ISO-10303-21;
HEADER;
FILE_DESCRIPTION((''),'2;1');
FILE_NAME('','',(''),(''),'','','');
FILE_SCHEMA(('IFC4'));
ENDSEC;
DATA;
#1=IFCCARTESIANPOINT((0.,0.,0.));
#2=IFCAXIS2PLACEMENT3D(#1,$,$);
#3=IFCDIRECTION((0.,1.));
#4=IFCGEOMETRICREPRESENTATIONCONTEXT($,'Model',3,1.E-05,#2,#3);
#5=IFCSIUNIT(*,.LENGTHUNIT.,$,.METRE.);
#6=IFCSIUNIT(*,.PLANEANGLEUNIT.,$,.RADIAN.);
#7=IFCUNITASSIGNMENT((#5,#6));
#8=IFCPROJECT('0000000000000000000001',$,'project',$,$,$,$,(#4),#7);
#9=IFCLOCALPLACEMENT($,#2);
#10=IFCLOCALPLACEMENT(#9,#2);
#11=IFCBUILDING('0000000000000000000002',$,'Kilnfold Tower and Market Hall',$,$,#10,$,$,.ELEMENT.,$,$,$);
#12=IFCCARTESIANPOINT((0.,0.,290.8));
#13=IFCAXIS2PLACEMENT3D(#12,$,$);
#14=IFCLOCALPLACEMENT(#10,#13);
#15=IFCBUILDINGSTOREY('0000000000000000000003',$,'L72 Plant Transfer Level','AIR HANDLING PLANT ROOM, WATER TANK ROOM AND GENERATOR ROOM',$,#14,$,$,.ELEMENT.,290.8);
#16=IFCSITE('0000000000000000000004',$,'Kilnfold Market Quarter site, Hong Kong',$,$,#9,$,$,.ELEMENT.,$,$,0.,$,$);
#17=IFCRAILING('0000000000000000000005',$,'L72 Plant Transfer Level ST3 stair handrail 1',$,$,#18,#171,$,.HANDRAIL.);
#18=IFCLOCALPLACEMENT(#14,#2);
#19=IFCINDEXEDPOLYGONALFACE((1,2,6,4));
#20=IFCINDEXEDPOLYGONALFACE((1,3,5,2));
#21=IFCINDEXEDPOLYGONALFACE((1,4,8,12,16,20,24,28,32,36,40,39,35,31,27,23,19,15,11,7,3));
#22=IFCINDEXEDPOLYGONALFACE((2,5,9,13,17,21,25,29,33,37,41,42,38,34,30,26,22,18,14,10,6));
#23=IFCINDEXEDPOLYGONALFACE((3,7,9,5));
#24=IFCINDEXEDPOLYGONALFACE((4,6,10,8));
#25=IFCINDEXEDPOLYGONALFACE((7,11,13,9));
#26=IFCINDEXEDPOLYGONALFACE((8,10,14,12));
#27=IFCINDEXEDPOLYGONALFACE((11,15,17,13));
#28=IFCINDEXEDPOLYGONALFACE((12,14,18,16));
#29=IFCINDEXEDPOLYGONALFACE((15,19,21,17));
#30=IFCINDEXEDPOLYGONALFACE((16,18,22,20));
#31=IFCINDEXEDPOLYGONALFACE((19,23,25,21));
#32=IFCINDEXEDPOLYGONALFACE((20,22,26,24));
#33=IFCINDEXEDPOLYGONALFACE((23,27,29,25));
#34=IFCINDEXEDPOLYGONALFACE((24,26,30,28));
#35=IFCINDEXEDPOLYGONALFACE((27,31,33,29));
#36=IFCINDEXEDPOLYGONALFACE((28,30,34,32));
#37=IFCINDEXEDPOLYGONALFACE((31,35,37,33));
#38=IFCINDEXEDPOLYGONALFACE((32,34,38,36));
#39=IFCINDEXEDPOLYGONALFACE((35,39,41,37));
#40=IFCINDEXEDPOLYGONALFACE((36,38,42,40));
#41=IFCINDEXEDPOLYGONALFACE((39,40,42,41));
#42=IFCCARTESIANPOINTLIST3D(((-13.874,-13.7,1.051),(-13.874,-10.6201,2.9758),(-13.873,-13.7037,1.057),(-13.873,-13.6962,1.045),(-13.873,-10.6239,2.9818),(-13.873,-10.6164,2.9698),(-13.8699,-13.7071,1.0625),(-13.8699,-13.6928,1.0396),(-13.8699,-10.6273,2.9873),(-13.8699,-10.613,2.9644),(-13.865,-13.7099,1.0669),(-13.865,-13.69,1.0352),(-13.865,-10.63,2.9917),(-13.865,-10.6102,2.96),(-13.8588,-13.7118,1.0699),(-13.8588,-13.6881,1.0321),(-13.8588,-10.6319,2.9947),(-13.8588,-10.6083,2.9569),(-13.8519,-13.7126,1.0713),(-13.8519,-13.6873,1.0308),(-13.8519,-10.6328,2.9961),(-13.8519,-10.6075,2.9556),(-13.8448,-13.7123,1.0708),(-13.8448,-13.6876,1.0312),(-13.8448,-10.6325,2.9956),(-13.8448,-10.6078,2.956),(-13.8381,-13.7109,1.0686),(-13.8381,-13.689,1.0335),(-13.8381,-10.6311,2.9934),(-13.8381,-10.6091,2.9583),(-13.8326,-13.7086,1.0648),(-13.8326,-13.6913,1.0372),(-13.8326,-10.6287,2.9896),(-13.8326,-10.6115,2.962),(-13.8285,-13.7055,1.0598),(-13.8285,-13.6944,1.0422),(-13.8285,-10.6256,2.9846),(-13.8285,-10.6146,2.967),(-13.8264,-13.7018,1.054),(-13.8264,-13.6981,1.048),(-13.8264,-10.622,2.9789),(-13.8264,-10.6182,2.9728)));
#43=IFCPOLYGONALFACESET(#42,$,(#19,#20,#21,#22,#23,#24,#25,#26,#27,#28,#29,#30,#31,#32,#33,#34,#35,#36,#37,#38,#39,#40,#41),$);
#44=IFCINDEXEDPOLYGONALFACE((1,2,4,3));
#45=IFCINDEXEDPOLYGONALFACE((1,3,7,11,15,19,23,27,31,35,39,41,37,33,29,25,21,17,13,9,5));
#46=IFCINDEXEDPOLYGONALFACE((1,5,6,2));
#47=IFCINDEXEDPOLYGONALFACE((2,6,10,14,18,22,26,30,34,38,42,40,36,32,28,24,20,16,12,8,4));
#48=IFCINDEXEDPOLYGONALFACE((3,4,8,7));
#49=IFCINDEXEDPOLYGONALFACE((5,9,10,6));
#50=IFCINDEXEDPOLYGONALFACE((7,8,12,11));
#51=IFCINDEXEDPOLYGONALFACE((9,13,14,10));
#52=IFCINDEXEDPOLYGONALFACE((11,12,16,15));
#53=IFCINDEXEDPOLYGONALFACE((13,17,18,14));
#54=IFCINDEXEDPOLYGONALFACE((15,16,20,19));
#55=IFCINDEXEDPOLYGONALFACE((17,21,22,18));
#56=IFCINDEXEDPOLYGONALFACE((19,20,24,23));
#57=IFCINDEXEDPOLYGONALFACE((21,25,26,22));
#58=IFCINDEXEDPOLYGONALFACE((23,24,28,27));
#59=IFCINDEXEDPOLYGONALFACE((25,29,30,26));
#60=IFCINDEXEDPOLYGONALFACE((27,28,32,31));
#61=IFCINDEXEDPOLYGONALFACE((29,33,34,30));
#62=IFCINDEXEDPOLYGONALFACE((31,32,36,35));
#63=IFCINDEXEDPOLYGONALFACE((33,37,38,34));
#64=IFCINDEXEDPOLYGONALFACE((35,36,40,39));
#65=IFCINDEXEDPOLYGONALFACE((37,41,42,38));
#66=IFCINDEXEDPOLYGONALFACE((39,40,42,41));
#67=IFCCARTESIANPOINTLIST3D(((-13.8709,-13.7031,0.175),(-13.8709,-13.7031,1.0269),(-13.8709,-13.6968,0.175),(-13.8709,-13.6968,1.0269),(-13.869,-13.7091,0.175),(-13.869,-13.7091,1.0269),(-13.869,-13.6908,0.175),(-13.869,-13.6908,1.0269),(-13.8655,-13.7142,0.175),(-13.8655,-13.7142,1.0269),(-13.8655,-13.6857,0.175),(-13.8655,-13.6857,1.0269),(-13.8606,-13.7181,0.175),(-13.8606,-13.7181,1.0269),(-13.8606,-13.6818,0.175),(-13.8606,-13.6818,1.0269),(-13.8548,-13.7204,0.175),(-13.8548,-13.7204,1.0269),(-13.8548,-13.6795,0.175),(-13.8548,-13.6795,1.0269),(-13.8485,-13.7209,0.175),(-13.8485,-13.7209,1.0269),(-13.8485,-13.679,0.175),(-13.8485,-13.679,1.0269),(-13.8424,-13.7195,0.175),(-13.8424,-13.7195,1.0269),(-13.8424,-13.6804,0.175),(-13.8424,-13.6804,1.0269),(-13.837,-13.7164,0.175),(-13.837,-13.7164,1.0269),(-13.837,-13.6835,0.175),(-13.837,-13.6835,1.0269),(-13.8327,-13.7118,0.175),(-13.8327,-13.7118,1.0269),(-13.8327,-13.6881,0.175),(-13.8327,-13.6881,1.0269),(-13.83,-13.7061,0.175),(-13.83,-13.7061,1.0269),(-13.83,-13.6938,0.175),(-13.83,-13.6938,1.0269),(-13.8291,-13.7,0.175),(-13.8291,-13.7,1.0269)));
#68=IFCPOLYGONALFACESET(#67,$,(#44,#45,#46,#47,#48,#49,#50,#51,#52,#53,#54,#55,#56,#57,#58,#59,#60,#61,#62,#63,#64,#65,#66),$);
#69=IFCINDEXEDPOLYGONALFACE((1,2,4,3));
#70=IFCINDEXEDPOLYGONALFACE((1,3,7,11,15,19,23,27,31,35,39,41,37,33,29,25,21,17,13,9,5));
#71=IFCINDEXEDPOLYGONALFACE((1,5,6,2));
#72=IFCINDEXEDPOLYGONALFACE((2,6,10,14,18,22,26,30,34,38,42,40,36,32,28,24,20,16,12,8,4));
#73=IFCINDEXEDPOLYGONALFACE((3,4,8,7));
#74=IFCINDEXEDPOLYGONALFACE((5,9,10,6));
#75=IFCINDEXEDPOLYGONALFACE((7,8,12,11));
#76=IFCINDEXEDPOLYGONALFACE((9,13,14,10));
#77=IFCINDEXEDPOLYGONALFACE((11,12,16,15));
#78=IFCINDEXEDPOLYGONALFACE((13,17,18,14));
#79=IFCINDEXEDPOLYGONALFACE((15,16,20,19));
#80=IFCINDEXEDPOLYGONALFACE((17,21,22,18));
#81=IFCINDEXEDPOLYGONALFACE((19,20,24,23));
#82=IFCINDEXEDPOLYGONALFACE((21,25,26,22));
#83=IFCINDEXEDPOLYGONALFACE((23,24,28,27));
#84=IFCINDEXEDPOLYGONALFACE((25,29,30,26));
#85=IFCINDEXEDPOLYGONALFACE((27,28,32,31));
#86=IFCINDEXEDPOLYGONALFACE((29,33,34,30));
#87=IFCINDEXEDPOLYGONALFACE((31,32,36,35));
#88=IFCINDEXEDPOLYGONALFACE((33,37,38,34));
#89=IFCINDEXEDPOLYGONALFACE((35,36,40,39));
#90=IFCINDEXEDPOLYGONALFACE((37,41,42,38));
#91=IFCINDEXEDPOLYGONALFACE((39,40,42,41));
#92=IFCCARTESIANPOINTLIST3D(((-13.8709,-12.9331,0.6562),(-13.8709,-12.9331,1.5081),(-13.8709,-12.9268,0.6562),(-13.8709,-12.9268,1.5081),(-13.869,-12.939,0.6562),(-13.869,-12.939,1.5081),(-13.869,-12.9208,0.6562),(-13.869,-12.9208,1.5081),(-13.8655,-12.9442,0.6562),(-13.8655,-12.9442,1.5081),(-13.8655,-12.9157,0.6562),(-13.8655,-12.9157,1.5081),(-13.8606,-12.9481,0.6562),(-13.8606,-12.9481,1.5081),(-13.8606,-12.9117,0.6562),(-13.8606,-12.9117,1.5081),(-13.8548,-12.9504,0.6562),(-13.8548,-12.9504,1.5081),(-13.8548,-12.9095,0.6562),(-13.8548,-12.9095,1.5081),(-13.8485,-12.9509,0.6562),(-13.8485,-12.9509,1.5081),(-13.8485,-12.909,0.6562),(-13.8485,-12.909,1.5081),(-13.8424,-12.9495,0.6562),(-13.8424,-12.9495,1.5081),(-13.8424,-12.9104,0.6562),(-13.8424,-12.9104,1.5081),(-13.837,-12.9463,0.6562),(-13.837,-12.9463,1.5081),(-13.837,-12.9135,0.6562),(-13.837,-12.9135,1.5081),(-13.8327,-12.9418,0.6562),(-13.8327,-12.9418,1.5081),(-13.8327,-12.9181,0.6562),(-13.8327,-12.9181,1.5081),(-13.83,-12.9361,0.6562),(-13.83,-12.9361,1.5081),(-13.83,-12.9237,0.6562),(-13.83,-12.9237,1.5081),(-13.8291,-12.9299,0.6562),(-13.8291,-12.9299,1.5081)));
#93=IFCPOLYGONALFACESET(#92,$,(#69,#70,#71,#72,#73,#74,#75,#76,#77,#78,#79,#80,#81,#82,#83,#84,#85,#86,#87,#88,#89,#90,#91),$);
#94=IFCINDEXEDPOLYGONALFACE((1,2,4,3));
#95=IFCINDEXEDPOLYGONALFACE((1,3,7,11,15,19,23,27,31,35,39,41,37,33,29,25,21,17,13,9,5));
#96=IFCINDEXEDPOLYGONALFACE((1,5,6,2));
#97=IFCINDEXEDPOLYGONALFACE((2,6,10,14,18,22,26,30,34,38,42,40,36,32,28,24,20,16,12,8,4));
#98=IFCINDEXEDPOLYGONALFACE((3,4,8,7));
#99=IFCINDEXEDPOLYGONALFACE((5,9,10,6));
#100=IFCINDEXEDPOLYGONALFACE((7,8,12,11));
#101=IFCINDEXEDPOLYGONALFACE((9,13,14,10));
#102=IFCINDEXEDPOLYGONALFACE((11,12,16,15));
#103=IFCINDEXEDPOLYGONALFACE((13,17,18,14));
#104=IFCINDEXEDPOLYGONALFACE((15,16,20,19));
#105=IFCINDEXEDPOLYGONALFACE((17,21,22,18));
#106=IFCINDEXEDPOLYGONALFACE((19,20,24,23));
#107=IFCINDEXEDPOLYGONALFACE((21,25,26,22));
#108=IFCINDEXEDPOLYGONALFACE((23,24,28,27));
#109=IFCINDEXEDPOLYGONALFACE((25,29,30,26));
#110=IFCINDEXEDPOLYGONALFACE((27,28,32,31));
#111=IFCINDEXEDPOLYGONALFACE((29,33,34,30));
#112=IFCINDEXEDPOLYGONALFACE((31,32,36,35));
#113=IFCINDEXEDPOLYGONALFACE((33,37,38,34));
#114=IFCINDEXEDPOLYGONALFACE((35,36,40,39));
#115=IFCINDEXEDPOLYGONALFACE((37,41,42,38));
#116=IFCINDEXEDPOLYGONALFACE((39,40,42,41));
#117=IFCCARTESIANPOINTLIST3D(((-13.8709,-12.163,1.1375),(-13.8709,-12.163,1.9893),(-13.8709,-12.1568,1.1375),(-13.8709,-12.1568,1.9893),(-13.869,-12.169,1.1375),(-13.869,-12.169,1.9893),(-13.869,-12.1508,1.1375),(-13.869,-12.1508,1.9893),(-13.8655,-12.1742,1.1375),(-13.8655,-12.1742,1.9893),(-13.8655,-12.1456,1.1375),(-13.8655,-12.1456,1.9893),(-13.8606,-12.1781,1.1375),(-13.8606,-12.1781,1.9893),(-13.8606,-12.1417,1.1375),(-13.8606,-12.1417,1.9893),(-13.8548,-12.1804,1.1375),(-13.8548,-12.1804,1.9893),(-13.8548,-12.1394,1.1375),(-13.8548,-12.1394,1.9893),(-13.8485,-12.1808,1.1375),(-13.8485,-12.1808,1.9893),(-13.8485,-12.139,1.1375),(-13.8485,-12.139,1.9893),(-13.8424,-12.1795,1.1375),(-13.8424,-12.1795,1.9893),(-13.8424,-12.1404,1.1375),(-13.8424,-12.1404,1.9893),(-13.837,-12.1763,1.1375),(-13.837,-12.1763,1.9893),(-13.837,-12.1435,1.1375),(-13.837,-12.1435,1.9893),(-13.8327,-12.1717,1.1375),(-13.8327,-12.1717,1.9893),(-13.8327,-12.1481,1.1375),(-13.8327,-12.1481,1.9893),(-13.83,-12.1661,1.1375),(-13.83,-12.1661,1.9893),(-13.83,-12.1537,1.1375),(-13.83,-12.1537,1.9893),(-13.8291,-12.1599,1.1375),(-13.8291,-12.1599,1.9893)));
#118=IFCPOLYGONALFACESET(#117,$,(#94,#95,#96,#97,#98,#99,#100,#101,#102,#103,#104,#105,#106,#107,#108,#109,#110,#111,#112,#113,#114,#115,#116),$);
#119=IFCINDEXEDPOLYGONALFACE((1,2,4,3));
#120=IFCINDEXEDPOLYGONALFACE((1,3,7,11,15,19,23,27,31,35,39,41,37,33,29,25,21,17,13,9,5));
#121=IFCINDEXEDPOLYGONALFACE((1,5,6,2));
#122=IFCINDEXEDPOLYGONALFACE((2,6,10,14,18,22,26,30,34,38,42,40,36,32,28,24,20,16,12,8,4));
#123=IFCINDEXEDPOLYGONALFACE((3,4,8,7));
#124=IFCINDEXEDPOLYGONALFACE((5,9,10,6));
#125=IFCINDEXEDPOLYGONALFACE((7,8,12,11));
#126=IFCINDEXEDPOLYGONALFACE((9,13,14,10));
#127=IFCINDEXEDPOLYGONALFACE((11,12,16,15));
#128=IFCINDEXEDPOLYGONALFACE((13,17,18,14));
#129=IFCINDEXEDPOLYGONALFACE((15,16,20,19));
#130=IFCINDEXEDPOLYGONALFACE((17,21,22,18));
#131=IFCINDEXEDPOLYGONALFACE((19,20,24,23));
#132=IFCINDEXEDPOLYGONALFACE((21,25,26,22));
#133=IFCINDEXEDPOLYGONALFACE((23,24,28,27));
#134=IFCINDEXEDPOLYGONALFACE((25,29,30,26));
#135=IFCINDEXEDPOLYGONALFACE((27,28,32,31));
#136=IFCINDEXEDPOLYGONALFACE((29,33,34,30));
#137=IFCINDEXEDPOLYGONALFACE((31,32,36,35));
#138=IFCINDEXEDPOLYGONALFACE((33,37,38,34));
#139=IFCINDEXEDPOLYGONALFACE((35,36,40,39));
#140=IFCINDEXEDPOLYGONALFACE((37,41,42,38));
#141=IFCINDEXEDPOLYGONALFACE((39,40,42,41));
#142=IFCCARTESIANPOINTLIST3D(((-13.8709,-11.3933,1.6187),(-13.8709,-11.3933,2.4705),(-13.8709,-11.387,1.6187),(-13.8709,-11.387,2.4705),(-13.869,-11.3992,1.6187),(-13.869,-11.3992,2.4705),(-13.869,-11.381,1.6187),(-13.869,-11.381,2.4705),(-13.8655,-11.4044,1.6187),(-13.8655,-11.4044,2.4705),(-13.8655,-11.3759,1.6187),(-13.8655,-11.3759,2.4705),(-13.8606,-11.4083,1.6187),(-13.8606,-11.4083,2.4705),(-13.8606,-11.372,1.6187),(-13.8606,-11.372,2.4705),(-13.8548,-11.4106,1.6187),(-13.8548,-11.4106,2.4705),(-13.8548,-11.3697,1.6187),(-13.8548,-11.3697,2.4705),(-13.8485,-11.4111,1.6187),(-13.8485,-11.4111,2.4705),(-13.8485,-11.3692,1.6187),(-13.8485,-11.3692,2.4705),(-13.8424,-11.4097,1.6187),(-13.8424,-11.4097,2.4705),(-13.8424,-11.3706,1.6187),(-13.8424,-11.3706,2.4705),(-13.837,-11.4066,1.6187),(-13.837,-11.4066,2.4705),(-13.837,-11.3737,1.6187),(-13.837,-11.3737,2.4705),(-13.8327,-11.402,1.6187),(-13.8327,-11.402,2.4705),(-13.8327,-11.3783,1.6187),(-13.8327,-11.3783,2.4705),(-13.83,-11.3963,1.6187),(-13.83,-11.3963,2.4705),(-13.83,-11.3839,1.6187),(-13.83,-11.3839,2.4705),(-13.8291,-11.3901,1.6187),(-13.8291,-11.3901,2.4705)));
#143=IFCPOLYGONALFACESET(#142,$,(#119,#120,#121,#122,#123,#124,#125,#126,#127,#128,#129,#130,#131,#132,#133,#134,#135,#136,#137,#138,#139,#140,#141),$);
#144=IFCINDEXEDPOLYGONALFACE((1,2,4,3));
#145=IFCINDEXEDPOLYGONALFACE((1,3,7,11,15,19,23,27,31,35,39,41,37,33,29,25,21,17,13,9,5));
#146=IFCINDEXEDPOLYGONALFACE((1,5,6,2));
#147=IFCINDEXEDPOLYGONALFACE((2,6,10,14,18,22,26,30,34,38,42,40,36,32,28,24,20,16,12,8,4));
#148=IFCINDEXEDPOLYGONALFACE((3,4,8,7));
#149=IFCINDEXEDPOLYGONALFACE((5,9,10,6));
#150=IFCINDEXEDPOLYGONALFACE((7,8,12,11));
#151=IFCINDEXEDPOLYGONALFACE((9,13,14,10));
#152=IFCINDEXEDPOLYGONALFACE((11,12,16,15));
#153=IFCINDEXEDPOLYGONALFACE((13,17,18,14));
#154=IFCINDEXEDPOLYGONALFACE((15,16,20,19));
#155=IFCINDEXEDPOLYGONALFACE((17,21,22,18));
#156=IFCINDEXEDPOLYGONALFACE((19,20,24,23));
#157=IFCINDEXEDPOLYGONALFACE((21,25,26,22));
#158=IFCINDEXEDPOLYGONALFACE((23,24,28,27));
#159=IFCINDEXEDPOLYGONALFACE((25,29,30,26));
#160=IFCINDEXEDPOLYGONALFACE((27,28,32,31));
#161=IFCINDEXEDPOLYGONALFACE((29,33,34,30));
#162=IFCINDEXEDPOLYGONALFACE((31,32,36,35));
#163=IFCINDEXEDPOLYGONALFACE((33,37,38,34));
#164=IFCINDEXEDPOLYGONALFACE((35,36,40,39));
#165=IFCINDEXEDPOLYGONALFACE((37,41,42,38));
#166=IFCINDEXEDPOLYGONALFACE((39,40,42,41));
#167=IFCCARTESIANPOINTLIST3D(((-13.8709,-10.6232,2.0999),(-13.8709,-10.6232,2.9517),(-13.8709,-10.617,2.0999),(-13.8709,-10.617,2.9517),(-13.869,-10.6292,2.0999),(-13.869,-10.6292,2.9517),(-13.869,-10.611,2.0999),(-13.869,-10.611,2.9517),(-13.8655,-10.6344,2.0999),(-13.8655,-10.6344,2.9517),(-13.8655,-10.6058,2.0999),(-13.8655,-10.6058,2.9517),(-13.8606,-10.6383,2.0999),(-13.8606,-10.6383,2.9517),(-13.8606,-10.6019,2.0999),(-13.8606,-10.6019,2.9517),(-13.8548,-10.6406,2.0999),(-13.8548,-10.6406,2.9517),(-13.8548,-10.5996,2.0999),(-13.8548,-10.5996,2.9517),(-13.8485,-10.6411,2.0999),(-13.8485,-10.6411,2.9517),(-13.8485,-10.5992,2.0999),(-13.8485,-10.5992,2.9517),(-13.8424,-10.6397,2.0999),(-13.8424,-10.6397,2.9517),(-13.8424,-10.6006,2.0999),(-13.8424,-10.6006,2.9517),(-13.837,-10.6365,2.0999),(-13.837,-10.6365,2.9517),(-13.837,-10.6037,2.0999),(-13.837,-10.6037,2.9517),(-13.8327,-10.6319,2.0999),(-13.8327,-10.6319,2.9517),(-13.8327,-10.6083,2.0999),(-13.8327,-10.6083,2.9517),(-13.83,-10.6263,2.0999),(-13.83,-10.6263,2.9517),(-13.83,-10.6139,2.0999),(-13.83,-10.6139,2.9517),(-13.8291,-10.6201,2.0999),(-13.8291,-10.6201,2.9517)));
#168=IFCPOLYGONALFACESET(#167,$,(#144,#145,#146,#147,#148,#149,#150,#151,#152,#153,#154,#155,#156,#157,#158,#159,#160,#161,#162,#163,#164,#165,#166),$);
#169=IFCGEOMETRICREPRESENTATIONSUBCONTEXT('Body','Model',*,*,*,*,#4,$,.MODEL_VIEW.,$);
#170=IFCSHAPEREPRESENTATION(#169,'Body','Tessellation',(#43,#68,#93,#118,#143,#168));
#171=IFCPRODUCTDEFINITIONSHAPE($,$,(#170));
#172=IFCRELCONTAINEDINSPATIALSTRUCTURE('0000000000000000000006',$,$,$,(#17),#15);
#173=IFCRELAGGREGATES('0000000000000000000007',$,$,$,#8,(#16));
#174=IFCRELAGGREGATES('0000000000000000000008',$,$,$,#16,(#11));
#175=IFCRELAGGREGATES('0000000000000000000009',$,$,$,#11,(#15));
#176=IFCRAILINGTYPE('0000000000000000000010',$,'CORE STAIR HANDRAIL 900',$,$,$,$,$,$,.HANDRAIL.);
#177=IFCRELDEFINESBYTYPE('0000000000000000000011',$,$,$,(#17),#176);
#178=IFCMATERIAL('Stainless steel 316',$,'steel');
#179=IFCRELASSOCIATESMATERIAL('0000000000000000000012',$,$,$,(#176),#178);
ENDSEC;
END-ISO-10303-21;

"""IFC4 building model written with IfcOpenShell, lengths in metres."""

from ifc_helpers import new_model, si_unit, direction, frame, origin, origin_2d, place, context, subcontext, project, spatial, circle, extrude, material, type_object, element, save


model = new_model("IFC4")

# Units and contexts
model_context = context("Model", 3, precision=1e-05, world=origin(), true_north=direction((0.0, 1.0)))
body_context = subcontext(model_context, "Body", "Model", "MODEL_VIEW")
ifc_project = project(units=[si_unit("LENGTHUNIT", "METRE"), si_unit("PLANEANGLEUNIT", "RADIAN")], contexts=[model_context])

# Site, building, storey
site_placement = place(None, origin())
site = spatial("IfcSite", under=ifc_project, at=site_placement, Name="Kilnfold Market Quarter site, Hong Kong", CompositionType="ELEMENT", RefElevation=0.0)
building_placement = place(site_placement, origin())
building = spatial("IfcBuilding", under=site, at=building_placement, Name="Kilnfold Tower and Market Hall", CompositionType="ELEMENT")
storey_placement = place(building_placement, frame((0.0, 0.0, 290.8)))
storey = spatial("IfcBuildingStorey", under=building, at=storey_placement, Name="L72 Plant Transfer Level", Description="AIR HANDLING PLANT ROOM, WATER TANK ROOM AND GENERATOR ROOM", CompositionType="ELEMENT", Elevation=290.8)

# Railing
ifc_material_1 = material(Name="Stainless steel 316", Category="steel")
railing_type_1 = type_object("IfcRailingType", Name="CORE STAIR HANDRAIL 900", PredefinedType="HANDRAIL", material=ifc_material_1)
railing_1_placement = place(storey_placement, frame((-13.8501, -13.7, 0.175)))
element("IfcRailing", 1, at=railing_1_placement, inside=storey, type_object=railing_type_1, Name="L72 Plant Transfer Level ST3 stair handrail 1", PredefinedType="HANDRAIL", context=body_context, shape_type="SweptSolid", body=[
    extrude(circle(Radius=0.0239, at=origin_2d()), frame((0.0, 0.0, 0.876), z_axis=(0.0, 0.84801, 0.529981), x_axis=(-1.0, 0.0, 0.0)), (0.0, 0.0, 1.0), 3.6318),
    extrude(circle(Radius=0.021, at=origin_2d()), origin(), (0.0, 0.0, 1.0), 0.8518),
    extrude(circle(Radius=0.021, at=origin_2d()), frame((0.0, 0.77, 0.4812)), (0.0, 0.0, 1.0), 0.8518),
    extrude(circle(Radius=0.021, at=origin_2d()), frame((0.0, 1.54, 0.9624)), (0.0, 0.0, 1.0), 0.8518),
    extrude(circle(Radius=0.021, at=origin_2d()), frame((0.0, 2.3098, 1.4436)), (0.0, 0.0, 1.0), 0.8518),
    extrude(circle(Radius=0.021, at=origin_2d()), frame((0.0, 3.0798, 1.9248)), (0.0, 0.0, 1.0), 0.8518),
])

save(model, "model.ifc")
